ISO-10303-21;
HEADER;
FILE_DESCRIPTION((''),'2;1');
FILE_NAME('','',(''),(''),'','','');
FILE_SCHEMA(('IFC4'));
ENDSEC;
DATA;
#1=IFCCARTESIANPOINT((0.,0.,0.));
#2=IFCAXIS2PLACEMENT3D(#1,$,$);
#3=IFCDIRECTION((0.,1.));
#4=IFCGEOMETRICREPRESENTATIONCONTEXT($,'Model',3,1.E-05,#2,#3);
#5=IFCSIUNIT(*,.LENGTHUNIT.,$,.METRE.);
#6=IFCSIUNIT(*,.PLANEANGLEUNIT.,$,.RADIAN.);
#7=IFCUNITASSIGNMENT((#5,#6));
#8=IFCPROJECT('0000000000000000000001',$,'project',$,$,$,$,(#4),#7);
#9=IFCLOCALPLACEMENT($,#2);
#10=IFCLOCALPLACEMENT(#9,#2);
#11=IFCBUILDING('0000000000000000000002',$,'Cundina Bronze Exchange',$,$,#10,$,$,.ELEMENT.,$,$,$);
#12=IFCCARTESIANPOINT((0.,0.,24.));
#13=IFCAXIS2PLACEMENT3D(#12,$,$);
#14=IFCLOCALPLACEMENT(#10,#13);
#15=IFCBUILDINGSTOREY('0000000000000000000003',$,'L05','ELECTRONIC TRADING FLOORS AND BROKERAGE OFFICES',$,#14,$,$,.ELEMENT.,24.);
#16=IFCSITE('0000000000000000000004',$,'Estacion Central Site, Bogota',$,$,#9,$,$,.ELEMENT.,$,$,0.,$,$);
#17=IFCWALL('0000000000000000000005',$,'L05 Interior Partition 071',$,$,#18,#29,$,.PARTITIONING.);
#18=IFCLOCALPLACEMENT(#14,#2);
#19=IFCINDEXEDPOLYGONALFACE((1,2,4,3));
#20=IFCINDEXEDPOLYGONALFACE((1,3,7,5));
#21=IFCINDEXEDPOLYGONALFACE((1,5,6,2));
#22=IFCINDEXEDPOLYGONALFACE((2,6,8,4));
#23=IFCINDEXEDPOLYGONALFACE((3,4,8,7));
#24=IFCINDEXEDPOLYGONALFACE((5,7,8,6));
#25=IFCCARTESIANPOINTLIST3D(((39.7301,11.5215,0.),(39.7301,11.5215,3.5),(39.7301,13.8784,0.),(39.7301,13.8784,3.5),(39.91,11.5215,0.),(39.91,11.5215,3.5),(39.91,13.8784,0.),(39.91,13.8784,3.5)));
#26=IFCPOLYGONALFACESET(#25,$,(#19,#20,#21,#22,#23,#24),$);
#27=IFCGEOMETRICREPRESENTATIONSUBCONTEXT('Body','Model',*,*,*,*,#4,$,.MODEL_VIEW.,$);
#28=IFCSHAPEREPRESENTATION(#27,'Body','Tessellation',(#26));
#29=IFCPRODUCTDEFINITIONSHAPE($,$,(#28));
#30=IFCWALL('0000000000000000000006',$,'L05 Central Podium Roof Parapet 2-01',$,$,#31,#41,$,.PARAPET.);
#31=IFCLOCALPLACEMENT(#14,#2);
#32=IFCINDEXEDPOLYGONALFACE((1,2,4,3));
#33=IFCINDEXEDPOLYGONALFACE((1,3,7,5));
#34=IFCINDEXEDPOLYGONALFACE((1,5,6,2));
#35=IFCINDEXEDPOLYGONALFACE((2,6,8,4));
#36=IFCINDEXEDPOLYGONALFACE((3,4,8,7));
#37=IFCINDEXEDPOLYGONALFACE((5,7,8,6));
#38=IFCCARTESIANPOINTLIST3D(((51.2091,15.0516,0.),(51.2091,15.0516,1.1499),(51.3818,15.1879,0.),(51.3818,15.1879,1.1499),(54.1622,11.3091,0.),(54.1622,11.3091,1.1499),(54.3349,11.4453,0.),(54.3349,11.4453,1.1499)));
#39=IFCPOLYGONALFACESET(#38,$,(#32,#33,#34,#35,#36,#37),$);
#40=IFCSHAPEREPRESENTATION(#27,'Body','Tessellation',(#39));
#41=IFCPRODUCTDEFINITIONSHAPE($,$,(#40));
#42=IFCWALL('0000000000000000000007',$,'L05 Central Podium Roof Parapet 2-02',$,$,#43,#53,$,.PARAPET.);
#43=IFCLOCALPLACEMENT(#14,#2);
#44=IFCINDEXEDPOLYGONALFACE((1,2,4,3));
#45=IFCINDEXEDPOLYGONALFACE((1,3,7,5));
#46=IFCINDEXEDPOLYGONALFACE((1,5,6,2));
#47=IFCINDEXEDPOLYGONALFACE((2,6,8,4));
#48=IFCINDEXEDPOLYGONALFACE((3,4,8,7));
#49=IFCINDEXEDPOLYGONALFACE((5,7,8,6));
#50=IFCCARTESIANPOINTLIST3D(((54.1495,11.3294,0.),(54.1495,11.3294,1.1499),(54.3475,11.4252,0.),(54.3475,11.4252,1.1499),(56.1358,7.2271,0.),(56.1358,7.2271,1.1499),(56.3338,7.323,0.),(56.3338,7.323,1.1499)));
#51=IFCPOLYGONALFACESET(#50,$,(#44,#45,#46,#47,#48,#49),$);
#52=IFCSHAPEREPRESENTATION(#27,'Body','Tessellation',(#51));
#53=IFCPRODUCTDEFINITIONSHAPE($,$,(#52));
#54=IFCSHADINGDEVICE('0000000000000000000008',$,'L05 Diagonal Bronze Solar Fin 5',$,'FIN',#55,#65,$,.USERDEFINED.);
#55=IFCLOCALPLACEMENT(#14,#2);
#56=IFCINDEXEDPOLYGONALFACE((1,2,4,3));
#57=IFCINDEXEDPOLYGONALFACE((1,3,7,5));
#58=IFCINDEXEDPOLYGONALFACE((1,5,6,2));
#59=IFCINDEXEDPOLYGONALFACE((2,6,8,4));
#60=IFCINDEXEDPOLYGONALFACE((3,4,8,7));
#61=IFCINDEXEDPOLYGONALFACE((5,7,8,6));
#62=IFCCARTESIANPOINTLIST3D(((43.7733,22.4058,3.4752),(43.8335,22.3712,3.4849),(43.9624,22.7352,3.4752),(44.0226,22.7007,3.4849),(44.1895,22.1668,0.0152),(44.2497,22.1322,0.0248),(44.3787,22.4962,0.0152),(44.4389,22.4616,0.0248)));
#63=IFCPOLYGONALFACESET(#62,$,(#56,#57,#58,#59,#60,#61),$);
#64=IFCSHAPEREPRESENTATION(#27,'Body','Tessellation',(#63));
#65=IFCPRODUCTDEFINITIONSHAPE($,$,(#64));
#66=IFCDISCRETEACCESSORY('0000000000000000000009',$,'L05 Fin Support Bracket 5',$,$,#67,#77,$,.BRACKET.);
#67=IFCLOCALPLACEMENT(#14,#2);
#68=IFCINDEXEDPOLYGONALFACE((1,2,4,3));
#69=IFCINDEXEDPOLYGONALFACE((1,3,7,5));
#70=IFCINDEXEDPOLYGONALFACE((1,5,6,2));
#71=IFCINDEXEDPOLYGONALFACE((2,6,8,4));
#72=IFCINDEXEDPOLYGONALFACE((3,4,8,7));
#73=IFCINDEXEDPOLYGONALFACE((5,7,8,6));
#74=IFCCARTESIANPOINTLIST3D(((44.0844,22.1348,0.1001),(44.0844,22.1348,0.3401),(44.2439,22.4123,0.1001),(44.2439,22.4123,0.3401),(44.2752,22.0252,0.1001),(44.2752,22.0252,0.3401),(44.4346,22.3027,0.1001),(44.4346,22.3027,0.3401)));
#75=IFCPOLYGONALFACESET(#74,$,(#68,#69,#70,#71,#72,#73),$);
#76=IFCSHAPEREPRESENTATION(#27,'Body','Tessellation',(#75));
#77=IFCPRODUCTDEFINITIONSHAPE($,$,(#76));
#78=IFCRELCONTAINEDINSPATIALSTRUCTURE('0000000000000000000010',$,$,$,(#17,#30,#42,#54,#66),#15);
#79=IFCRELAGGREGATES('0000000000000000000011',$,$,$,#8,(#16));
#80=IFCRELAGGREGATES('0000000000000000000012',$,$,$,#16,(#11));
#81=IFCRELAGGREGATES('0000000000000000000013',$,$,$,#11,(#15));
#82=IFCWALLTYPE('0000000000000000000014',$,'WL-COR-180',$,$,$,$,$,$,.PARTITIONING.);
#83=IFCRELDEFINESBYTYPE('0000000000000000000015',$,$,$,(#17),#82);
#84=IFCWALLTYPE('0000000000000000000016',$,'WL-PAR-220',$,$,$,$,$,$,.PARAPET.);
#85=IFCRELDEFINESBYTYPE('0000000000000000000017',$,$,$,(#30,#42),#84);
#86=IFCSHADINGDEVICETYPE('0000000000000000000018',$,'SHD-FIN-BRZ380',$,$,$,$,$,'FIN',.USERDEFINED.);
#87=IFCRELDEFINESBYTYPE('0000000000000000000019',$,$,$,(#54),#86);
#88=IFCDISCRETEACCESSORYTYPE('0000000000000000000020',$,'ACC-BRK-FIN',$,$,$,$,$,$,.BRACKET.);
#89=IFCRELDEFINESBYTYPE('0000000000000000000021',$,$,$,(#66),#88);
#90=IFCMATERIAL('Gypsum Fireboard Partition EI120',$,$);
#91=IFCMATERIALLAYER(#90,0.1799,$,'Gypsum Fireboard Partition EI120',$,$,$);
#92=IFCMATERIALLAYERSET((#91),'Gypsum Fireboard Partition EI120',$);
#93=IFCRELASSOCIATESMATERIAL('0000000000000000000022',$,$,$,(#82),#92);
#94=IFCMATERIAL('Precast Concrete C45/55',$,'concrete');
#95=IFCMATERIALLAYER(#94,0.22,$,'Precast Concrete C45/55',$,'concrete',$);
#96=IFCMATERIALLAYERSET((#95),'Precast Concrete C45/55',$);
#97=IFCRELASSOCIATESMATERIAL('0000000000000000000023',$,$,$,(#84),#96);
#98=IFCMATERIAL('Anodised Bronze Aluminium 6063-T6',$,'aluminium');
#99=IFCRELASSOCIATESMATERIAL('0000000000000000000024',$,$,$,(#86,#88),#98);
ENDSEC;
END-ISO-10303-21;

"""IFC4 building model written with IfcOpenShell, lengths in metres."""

from ifc_helpers import new_model, si_unit, direction, frame, frame_2d, origin, origin_2d, place, context, subcontext, project, spatial, rectangle, extrude, material, layer, layer_set, material_profile, profile_set, type_object, element, save


model = new_model("IFC4")

# Units and contexts
model_context = context("Model", 3, precision=1e-05, world=origin(), true_north=direction((0.0, 1.0)))
body_context = subcontext(model_context, "Body", "Model", "MODEL_VIEW")
ifc_project = project(units=[si_unit("LENGTHUNIT", "METRE"), si_unit("PLANEANGLEUNIT", "RADIAN")], contexts=[model_context])

# Site, building, storey
site_placement = place(None, origin())
site = spatial("IfcSite", under=ifc_project, at=site_placement, Name="Estacion Central Site, Bogota", CompositionType="ELEMENT", RefElevation=0.0)
building_placement = place(site_placement, origin())
building = spatial("IfcBuilding", under=site, at=building_placement, Name="Cundina Bronze Exchange", CompositionType="ELEMENT")
storey_placement = place(building_placement, frame((0.0, 0.0, 24.0)))
storey = spatial("IfcBuildingStorey", under=building, at=storey_placement, Name="L05", Description="ELECTRONIC TRADING FLOORS AND BROKERAGE OFFICES", CompositionType="ELEMENT", Elevation=24.0)

# Shared definitions
ifc_material_1 = material(Name="Anodised Bronze Aluminium 6063-T6", Category="aluminium")

# Shared definitions
ifc_material_2 = material(Name="Gypsum Fireboard Partition EI120")
ifc_layer_1 = layer(ifc_material_2, 0.1799, Name="Gypsum Fireboard Partition EI120")
ifc_layer_set_1 = layer_set([ifc_layer_1], Name="Gypsum Fireboard Partition EI120")
wall_type_1 = type_object("IfcWallType", Name="WL-COR-180", PredefinedType="PARTITIONING", material=ifc_layer_set_1)

# Walls
wall_1_placement = place(storey_placement, frame((39.8201, 11.5215, 0.0), z_axis=(0.0, 0.0, 1.0), x_axis=(0.0, 1.0, 0.0)))
element("IfcWall", 1, at=wall_1_placement, inside=storey, type_object=wall_type_1, Name="L05 Interior Partition 071", PredefinedType="PARTITIONING", context=body_context, shape_type="SweptSolid", body=[
    extrude(rectangle(XDim=2.3569, YDim=0.1799, at=frame_2d((1.1785, 0.0))), origin(), (0.0, 0.0, 1.0), 3.5),
])
ifc_material_3 = material(Name="Precast Concrete C45/55", Category="concrete")
ifc_layer_2 = layer(ifc_material_3, 0.22, Name="Precast Concrete C45/55", Category="concrete")
ifc_layer_set_2 = layer_set([ifc_layer_2], Name="Precast Concrete C45/55")
wall_type_2 = type_object("IfcWallType", Name="WL-PAR-220", PredefinedType="PARAPET", material=ifc_layer_set_2)
wall_2_placement = place(storey_placement, frame((51.2954, 15.1199, 0.0), z_axis=(0.0, 0.0, 1.0), x_axis=(0.619435, -0.785048, 0.0)))
element("IfcWall", 2, at=wall_2_placement, inside=storey, type_object=wall_type_2, Name="L05 Central Podium Roof Parapet 2-01", PredefinedType="PARAPET", context=body_context, shape_type="SweptSolid", body=[
    extrude(rectangle(XDim=4.7673, YDim=0.22, at=frame_2d((2.3838, 0.0))), origin(), (0.0, 0.0, 1.0), 1.1499),
])
wall_3_placement = place(storey_placement, frame((54.2485, 11.3772, 0.0), z_axis=(0.0, 0.0, 1.0), x_axis=(0.4358, -0.900043, 0.0)))
element("IfcWall", 3, at=wall_3_placement, inside=storey, type_object=wall_type_2, Name="L05 Central Podium Roof Parapet 2-02", PredefinedType="PARAPET", context=body_context, shape_type="SweptSolid", body=[
    extrude(rectangle(XDim=4.5579, YDim=0.22, at=frame_2d((2.2788, 0.0))), origin(), (0.0, 0.0, 1.0), 1.1499),
])

# Shading device
ifc_material_profile_1 = material_profile(ifc_material_1, rectangle(XDim=0.0701, YDim=0.3799, at=origin_2d()), Name="FIN70X380", Category="aluminium")
ifc_profile_set_1 = profile_set([ifc_material_profile_1], Name="Anodised Bronze Aluminium 6063-T6")
shading_device_type = type_object("IfcShadingDeviceType", Name="SHD-FIN-BRZ380", ElementType="FIN", PredefinedType="USERDEFINED", material=ifc_profile_set_1)
shading_device_placement = place(storey_placement, frame((44.3142, 22.3142, 0.02), z_axis=(-0.119166, 0.068425, 0.990514), x_axis=(0.858982, -0.493222, 0.137414)))
element("IfcShadingDevice", 4, at=shading_device_placement, inside=storey, type_object=shading_device_type, Name="L05 Diagonal Bronze Solar Fin 5", ObjectType="FIN", PredefinedType="USERDEFINED", context=body_context, shape_type="SweptSolid", body=[
    extrude(rectangle(XDim=0.0701, YDim=0.3799, at=origin_2d()), origin(), (0.0, 0.0, 1.0), 3.4932),
])

# Discrete accessory
discrete_accessory_type = type_object("IfcDiscreteAccessoryType", Name="ACC-BRK-FIN", PredefinedType="BRACKET", material=ifc_material_1)
discrete_accessory_placement = place(storey_placement, frame((44.2595, 22.2188, 0.1001), z_axis=(0.0, 0.0, 1.0), x_axis=(-0.867105, 0.498125, 0.0)))
element("IfcDiscreteAccessory", 5, at=discrete_accessory_placement, inside=storey, type_object=discrete_accessory_type, Name="L05 Fin Support Bracket 5", PredefinedType="BRACKET", context=body_context, shape_type="SweptSolid", body=[
    extrude(rectangle(XDim=0.22, YDim=0.3201, at=origin_2d()), origin(), (0.0, 0.0, 1.0), 0.24),
])

save(model, "model.ifc")
